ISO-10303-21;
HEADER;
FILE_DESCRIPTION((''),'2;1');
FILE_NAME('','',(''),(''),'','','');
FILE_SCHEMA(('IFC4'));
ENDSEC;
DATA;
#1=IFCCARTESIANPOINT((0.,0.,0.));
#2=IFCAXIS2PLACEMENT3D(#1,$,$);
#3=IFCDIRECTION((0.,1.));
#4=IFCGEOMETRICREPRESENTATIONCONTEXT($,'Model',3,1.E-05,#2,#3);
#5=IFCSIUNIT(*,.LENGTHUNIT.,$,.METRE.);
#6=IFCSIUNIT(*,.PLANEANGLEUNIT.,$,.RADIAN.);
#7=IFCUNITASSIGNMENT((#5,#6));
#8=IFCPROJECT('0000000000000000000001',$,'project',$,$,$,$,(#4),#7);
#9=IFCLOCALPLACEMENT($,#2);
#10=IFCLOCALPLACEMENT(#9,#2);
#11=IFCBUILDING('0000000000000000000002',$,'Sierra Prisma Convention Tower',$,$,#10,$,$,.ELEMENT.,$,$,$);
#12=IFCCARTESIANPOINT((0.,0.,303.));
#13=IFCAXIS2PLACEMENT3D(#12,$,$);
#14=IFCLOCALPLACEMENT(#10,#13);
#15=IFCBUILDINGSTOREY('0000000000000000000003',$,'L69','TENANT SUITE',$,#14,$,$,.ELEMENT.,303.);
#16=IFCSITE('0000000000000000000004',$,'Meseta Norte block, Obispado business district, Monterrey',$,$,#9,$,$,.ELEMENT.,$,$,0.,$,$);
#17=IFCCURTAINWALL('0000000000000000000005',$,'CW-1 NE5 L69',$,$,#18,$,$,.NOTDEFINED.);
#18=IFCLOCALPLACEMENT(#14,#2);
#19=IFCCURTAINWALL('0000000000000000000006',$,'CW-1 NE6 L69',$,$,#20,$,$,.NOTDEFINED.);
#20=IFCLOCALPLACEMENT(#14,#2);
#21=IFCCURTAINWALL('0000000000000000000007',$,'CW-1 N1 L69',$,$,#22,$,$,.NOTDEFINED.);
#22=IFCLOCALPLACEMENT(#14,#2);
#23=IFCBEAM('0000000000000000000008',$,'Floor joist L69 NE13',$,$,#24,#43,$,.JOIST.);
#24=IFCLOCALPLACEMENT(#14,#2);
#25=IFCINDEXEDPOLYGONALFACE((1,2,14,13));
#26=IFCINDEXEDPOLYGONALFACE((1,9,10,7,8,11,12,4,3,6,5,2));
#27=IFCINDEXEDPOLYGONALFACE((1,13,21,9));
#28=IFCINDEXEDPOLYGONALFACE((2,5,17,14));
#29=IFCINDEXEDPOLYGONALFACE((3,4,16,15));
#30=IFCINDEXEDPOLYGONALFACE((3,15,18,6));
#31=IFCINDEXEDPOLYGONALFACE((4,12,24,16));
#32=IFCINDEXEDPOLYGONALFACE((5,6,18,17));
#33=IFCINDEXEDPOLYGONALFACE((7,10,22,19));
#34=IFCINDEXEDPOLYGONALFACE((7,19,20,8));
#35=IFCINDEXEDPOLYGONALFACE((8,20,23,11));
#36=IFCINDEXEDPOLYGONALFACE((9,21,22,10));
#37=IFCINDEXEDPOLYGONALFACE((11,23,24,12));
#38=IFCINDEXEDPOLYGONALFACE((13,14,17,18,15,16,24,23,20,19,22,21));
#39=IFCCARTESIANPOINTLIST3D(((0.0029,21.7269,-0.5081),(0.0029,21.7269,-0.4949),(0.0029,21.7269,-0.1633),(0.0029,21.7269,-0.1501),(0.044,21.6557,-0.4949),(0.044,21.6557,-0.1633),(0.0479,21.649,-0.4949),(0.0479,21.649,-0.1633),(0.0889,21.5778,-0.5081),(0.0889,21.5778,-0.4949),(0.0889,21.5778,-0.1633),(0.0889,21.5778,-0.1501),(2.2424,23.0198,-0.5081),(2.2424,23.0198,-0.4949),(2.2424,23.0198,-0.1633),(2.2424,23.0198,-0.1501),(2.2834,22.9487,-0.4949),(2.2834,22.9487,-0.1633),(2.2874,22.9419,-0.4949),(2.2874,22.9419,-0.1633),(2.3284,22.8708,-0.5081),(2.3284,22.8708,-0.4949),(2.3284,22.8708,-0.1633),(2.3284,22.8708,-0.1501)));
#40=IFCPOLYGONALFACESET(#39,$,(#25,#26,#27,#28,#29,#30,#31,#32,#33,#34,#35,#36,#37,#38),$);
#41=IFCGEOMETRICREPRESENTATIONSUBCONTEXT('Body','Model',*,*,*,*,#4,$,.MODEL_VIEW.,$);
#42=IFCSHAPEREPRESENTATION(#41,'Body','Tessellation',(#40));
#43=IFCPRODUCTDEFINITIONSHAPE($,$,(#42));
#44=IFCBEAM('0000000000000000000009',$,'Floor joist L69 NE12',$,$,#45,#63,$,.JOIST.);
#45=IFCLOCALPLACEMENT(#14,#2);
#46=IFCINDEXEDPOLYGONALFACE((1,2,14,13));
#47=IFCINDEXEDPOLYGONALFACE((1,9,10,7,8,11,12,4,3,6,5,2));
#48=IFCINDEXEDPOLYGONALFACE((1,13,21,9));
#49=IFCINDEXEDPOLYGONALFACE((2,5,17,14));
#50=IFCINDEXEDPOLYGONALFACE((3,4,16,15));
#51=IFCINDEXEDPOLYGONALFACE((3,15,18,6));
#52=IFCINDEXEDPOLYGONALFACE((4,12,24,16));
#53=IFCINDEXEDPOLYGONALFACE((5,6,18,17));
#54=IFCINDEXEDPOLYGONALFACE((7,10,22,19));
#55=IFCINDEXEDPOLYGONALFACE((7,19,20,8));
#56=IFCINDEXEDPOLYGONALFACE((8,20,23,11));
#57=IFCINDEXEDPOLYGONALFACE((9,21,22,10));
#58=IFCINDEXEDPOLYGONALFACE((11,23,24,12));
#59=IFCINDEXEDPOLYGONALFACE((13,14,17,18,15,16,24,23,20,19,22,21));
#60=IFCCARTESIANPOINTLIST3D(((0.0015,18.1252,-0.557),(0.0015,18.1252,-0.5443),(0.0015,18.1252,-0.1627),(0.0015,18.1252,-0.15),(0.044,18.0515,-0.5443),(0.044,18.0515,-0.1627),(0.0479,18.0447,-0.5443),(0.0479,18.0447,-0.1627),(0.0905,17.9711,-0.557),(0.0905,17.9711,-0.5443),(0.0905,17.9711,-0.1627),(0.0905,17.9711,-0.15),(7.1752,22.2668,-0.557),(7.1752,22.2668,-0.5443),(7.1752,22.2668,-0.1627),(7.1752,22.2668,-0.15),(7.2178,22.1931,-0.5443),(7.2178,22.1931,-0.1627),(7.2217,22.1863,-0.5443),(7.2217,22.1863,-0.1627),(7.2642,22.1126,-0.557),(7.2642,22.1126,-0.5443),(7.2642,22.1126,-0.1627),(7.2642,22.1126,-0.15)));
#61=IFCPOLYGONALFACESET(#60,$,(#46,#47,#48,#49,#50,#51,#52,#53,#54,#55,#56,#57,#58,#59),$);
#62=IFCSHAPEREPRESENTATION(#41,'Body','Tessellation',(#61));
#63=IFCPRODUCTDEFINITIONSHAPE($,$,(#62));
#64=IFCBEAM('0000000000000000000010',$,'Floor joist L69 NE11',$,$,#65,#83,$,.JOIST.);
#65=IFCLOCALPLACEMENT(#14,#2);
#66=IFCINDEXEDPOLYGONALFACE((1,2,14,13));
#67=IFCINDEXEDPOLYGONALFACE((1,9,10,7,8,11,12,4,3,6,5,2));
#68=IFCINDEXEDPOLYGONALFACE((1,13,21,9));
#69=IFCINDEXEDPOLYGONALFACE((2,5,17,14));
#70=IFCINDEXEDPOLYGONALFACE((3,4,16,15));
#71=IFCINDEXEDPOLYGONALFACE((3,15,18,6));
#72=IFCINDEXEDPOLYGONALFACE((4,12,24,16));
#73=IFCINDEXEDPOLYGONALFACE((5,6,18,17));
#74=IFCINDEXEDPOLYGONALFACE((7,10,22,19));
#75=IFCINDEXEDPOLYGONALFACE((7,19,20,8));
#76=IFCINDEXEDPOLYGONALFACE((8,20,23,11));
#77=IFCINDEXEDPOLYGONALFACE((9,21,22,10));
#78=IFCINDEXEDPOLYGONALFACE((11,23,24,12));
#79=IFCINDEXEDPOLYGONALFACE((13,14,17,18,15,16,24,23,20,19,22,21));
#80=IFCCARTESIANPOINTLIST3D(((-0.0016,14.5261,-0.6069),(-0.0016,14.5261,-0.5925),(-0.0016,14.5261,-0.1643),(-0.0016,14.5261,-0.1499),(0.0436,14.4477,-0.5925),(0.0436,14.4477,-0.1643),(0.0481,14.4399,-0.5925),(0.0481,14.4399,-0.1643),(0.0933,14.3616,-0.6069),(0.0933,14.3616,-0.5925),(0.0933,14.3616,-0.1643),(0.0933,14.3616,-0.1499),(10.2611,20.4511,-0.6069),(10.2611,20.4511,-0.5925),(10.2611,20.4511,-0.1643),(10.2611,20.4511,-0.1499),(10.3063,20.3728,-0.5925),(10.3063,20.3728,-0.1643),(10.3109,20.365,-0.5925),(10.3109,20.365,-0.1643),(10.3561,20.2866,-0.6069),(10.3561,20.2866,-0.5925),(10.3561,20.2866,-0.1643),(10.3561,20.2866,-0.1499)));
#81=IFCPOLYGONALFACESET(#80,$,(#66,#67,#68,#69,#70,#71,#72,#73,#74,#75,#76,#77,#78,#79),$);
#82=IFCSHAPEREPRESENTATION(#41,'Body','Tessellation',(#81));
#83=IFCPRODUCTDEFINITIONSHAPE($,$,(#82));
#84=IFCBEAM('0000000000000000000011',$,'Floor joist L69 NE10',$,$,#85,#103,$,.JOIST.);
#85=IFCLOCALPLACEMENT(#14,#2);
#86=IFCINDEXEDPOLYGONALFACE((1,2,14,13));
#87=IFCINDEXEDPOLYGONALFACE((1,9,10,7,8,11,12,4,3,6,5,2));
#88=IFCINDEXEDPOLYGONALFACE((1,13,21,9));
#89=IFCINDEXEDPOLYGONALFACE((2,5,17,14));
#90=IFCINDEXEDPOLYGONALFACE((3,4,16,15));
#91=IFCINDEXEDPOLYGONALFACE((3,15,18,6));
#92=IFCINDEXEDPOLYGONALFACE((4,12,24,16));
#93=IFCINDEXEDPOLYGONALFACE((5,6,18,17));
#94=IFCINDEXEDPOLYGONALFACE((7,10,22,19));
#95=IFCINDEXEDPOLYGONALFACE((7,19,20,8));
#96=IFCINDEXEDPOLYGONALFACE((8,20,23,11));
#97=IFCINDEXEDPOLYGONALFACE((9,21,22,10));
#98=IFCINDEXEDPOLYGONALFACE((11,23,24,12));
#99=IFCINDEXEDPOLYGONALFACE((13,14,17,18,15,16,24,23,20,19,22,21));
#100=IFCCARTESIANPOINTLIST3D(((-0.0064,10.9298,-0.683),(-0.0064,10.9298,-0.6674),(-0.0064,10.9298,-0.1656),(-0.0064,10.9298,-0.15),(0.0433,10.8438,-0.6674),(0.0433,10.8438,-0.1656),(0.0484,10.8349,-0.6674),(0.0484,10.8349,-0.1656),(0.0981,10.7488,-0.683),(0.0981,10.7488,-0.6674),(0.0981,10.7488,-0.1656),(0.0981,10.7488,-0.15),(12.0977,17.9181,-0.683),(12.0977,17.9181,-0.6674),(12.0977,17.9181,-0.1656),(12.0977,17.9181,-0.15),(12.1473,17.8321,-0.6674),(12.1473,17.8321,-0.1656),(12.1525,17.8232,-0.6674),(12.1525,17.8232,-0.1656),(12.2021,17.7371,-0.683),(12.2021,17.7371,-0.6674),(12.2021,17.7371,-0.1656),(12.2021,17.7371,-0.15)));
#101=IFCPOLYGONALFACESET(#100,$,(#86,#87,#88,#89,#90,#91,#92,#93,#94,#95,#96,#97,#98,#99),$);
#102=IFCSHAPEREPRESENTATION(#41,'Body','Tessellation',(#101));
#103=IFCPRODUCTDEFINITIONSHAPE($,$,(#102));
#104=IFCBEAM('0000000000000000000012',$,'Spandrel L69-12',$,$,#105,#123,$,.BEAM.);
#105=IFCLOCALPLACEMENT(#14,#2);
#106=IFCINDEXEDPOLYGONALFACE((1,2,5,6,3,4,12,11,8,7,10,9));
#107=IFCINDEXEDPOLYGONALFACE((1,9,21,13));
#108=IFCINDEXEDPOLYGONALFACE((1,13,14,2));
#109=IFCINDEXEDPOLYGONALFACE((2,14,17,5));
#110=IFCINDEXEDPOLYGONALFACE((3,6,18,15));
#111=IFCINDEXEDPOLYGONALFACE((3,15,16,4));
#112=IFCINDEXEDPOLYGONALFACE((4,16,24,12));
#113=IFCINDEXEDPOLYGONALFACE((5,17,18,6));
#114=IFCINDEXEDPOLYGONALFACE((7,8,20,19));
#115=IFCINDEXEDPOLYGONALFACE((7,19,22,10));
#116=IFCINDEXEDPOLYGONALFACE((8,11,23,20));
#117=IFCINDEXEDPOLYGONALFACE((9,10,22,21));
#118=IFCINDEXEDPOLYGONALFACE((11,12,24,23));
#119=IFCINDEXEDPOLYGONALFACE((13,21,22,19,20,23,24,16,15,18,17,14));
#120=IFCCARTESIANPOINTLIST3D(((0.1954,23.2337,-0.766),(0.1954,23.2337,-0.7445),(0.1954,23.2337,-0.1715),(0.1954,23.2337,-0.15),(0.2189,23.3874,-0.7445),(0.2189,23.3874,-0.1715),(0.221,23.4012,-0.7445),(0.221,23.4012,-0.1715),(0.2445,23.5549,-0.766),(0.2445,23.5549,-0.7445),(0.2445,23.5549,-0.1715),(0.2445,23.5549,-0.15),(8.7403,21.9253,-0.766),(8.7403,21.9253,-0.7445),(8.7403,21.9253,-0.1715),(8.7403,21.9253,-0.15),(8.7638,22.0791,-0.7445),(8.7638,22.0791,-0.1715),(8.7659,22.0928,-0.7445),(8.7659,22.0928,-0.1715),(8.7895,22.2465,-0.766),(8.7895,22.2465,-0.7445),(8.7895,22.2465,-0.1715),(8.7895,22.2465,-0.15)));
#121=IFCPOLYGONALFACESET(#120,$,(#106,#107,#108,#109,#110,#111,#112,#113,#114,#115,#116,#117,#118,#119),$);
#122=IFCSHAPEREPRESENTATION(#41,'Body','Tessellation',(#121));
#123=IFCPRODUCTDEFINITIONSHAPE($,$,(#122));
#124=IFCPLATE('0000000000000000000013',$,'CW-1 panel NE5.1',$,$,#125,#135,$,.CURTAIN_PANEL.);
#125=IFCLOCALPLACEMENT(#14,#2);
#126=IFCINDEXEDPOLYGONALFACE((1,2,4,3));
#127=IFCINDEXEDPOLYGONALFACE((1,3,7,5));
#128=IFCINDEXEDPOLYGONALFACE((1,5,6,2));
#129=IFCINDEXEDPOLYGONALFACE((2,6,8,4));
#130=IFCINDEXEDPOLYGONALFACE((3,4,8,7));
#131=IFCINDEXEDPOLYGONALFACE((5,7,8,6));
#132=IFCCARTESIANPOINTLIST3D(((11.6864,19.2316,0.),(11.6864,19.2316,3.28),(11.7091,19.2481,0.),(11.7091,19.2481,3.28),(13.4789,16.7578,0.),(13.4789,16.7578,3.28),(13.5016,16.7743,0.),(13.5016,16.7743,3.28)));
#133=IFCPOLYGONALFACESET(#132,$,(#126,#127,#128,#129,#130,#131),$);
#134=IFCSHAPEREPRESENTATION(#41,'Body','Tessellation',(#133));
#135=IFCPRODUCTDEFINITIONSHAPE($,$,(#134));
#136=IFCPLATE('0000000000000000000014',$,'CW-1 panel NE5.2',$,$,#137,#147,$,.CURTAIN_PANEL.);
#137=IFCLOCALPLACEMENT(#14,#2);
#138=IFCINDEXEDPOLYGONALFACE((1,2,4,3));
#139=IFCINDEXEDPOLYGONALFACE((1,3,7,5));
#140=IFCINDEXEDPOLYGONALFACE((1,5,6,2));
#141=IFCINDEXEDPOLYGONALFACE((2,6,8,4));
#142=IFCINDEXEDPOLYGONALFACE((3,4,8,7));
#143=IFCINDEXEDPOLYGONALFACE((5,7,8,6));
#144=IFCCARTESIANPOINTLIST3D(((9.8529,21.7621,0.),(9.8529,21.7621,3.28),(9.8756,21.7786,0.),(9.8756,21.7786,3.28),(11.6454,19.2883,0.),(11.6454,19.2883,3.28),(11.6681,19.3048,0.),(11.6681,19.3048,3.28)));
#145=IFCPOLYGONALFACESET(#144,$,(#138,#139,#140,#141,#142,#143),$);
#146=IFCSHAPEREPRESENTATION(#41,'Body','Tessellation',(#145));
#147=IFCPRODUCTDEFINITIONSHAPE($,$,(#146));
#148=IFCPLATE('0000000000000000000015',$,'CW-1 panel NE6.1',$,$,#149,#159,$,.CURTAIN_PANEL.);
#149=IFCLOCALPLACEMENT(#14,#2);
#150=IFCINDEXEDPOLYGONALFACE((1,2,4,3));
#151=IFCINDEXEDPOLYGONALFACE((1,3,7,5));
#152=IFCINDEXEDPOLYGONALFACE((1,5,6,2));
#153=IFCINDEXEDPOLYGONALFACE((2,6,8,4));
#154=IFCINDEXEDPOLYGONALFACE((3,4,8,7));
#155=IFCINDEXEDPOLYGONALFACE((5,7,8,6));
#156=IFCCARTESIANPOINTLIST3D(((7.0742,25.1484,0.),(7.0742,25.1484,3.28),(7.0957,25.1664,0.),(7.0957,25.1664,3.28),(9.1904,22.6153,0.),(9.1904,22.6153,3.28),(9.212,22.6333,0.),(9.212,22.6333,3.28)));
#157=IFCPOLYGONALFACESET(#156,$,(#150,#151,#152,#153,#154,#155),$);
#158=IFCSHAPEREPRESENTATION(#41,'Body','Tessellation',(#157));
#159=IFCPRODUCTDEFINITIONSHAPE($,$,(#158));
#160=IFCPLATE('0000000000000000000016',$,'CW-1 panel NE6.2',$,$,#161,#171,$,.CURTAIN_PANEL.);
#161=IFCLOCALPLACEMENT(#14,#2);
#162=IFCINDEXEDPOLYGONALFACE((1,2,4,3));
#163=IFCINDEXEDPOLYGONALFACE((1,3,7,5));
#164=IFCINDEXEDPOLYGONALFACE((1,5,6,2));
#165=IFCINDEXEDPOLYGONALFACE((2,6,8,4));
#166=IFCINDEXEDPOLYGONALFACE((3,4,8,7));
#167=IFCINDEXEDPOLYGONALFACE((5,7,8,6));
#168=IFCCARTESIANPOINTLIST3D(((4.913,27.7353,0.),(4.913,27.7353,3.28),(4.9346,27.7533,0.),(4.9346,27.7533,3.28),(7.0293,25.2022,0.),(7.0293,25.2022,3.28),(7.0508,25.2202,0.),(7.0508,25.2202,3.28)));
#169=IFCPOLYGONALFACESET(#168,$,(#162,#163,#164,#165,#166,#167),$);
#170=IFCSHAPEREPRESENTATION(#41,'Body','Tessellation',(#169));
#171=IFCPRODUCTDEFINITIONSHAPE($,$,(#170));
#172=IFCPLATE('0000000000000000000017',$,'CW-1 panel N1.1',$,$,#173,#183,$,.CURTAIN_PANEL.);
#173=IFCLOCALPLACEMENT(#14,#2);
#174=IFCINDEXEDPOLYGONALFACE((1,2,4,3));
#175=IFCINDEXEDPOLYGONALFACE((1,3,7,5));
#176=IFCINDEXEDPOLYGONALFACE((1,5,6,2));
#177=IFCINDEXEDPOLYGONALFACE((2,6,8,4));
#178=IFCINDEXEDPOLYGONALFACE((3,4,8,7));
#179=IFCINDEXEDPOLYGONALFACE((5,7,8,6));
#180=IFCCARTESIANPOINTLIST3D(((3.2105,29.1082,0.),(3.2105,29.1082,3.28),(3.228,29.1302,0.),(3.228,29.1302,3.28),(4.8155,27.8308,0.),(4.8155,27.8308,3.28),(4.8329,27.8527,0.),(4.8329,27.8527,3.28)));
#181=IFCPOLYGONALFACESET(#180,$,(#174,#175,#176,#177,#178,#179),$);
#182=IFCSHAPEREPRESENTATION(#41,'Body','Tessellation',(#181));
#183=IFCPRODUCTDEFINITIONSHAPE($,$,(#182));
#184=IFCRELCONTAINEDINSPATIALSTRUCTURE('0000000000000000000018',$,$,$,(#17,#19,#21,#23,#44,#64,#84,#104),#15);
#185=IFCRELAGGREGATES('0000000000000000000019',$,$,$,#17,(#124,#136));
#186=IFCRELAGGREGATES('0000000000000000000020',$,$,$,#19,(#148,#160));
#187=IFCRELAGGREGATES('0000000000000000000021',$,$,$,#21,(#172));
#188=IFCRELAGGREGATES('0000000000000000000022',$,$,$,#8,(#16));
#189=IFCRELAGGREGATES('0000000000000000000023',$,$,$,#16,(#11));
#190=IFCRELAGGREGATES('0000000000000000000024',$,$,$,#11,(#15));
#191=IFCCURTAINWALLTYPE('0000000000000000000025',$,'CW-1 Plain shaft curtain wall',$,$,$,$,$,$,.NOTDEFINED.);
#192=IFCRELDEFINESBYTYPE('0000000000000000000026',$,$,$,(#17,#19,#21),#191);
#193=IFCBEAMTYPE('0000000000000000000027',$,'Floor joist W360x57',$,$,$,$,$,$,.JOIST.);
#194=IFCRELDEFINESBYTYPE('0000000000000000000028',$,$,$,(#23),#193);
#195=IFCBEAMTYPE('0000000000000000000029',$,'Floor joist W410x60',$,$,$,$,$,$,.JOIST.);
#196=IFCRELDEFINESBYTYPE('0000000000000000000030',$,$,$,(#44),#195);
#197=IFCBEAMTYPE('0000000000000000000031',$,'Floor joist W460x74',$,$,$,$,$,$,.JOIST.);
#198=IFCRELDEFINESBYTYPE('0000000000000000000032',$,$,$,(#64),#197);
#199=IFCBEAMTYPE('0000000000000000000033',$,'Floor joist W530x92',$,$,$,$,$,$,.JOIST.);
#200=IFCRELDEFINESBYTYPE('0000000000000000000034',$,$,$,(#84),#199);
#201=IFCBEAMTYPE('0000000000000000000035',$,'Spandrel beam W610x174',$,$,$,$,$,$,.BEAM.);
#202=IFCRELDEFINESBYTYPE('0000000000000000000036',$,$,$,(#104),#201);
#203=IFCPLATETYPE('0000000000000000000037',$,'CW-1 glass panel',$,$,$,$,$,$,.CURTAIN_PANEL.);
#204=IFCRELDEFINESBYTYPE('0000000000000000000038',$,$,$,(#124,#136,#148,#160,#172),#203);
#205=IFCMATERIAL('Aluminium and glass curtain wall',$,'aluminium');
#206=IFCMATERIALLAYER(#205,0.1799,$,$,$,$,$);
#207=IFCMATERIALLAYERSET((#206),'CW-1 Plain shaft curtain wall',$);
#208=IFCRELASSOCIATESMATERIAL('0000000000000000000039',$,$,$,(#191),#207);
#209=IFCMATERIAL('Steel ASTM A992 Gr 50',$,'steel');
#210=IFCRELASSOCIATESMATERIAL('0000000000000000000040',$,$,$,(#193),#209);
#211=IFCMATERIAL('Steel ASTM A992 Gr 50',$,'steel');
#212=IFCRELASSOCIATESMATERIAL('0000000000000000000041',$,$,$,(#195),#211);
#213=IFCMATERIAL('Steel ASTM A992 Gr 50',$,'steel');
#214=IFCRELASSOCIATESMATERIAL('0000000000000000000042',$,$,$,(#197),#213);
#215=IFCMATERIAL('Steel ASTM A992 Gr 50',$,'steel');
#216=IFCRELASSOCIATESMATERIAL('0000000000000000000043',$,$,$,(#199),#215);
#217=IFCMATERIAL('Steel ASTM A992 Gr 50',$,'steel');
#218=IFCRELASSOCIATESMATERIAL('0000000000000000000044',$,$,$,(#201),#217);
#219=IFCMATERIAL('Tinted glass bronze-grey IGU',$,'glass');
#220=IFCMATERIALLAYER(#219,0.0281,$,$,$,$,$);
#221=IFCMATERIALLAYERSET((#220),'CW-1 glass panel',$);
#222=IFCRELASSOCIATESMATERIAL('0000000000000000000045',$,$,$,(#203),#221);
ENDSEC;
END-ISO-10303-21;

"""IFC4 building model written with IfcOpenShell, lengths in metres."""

from ifc_helpers import new_model, si_unit, direction, frame, origin, origin_2d, place, context, subcontext, project, spatial, rectangle, i_section, extrude, material, layer, layer_set, material_profile, profile_set, type_object, element, aggregate, save


model = new_model("IFC4")

# Units and contexts
model_context = context("Model", 3, precision=1e-05, world=origin(), true_north=direction((0.0, 1.0)))
body_context = subcontext(model_context, "Body", "Model", "MODEL_VIEW")
ifc_project = project(units=[si_unit("LENGTHUNIT", "METRE"), si_unit("PLANEANGLEUNIT", "RADIAN")], contexts=[model_context])

# Site, building, storey
site_placement = place(None, origin())
site = spatial("IfcSite", under=ifc_project, at=site_placement, Name="Meseta Norte block, Obispado business district, Monterrey", CompositionType="ELEMENT", RefElevation=0.0)
building_placement = place(site_placement, origin())
building = spatial("IfcBuilding", under=site, at=building_placement, Name="Sierra Prisma Convention Tower", CompositionType="ELEMENT")
storey_placement = place(building_placement, frame((0.0, 0.0, 303.0)))
storey = spatial("IfcBuildingStorey", under=building, at=storey_placement, Name="L69", Description="TENANT SUITE", CompositionType="ELEMENT", Elevation=303.0)

# Curtain wall
ifc_material_1 = material(Name="Aluminium and glass curtain wall", Category="aluminium")
ifc_layer_1 = layer(ifc_material_1, 0.1799)
ifc_layer_set_1 = layer_set([ifc_layer_1], Name="CW-1 Plain shaft curtain wall")
curtain_wall_type = type_object("IfcCurtainWallType", Name="CW-1 Plain shaft curtain wall", PredefinedType="NOTDEFINED", material=ifc_layer_set_1)
curtain_wall_1_placement = place(storey_placement, origin())
curtain_wall_1 = element("IfcCurtainWall", 1, at=curtain_wall_1_placement, inside=storey, type_object=curtain_wall_type, Name="CW-1 NE5 L69", PredefinedType="NOTDEFINED")

# Curtain walls
curtain_wall_2_placement = place(storey_placement, origin())
curtain_wall_2 = element("IfcCurtainWall", 2, at=curtain_wall_2_placement, inside=storey, type_object=curtain_wall_type, Name="CW-1 NE6 L69", PredefinedType="NOTDEFINED")
curtain_wall_3_placement = place(storey_placement, origin())
curtain_wall_3 = element("IfcCurtainWall", 3, at=curtain_wall_3_placement, inside=storey, type_object=curtain_wall_type, Name="CW-1 N1 L69", PredefinedType="NOTDEFINED")

# Beams
ifc_material_2 = material(Name="Steel ASTM A992 Gr 50", Category="steel")
ifc_material_profile_1 = material_profile(ifc_material_2, i_section(OverallWidth=0.1721, OverallDepth=0.3579, WebThickness=0.0078, FlangeThickness=0.0132, at=origin_2d()), Name="W360x57")
ifc_profile_set_1 = profile_set([ifc_material_profile_1], Name="Steel ASTM A992 Gr 50")
beam_type_1 = type_object("IfcBeamType", Name="Floor joist W360x57", PredefinedType="JOIST", material=ifc_profile_set_1)
beam_1_placement = place(storey_placement, frame((2.2854, 22.9453, -0.3291), z_axis=(-0.866027, -0.499998, 0.0), x_axis=(0.499998, -0.866027, 0.0)))
element("IfcBeam", 4, at=beam_1_placement, inside=storey, type_object=beam_type_1, Name="Floor joist L69 NE13", PredefinedType="JOIST", context=body_context, shape_type="SweptSolid", body=[
    extrude(i_section(OverallWidth=0.1721, OverallDepth=0.3579, WebThickness=0.0078, FlangeThickness=0.0132, at=origin_2d()), origin(), (0.0, 0.0, 1.0), 2.5859),
])
ifc_material_3 = material(Name="Steel ASTM A992 Gr 50", Category="steel")
ifc_material_profile_2 = material_profile(ifc_material_3, i_section(OverallWidth=0.178, OverallDepth=0.407, WebThickness=0.0078, FlangeThickness=0.0127, at=origin_2d()), Name="W410x60")
ifc_profile_set_2 = profile_set([ifc_material_profile_2], Name="Steel ASTM A992 Gr 50")
beam_type_2 = type_object("IfcBeamType", Name="Floor joist W410x60", PredefinedType="JOIST", material=ifc_profile_set_2)
beam_2_placement = place(storey_placement, frame((7.2197, 22.1897, -0.3535), z_axis=(-0.866036, -0.499981, 0.0), x_axis=(0.499981, -0.866036, 0.0)))
element("IfcBeam", 5, at=beam_2_placement, inside=storey, type_object=beam_type_2, Name="Floor joist L69 NE12", PredefinedType="JOIST", context=body_context, shape_type="SweptSolid", body=[
    extrude(i_section(OverallWidth=0.178, OverallDepth=0.407, WebThickness=0.0078, FlangeThickness=0.0127, at=origin_2d()), origin(), (0.0, 0.0, 1.0), 8.2834),
])
ifc_material_4 = material(Name="Steel ASTM A992 Gr 50", Category="steel")
ifc_material_profile_3 = material_profile(ifc_material_4, i_section(OverallWidth=0.1899, OverallDepth=0.457, WebThickness=0.009, FlangeThickness=0.0144, at=origin_2d()), Name="W460x74")
ifc_profile_set_3 = profile_set([ifc_material_profile_3], Name="Steel ASTM A992 Gr 50")
beam_type_3 = type_object("IfcBeamType", Name="Floor joist W460x74", PredefinedType="JOIST", material=ifc_profile_set_3)
beam_3_placement = place(storey_placement, frame((10.3086, 20.3689, -0.3784), z_axis=(-0.86603, -0.499992, 0.0), x_axis=(0.499992, -0.86603, 0.0)))
element("IfcBeam", 6, at=beam_3_placement, inside=storey, type_object=beam_type_3, Name="Floor joist L69 NE11", PredefinedType="JOIST", context=body_context, shape_type="SweptSolid", body=[
    extrude(i_section(OverallWidth=0.1899, OverallDepth=0.457, WebThickness=0.009, FlangeThickness=0.0144, at=origin_2d()), origin(), (0.0, 0.0, 1.0), 11.8503),
])
ifc_material_5 = material(Name="Steel ASTM A992 Gr 50", Category="steel")
ifc_material_profile_4 = material_profile(ifc_material_5, i_section(OverallWidth=0.209, OverallDepth=0.533, WebThickness=0.0103, FlangeThickness=0.0156, at=origin_2d()), Name="W530x92")
ifc_profile_set_4 = profile_set([ifc_material_profile_4], Name="Steel ASTM A992 Gr 50")
beam_type_4 = type_object("IfcBeamType", Name="Floor joist W530x92", PredefinedType="JOIST", material=ifc_profile_set_4)
beam_4_placement = place(storey_placement, frame((12.1499, 17.8276, -0.4165), z_axis=(-0.866024, -0.500002, 0.0), x_axis=(0.500002, -0.866024, 0.0)))
element("IfcBeam", 7, at=beam_4_placement, inside=storey, type_object=beam_type_4, Name="Floor joist L69 NE10", PredefinedType="JOIST", context=body_context, shape_type="SweptSolid", body=[
    extrude(i_section(OverallWidth=0.209, OverallDepth=0.533, WebThickness=0.0103, FlangeThickness=0.0156, at=origin_2d()), origin(), (0.0, 0.0, 1.0), 13.9766),
])
ifc_material_6 = material(Name="Steel ASTM A992 Gr 50", Category="steel")
ifc_material_profile_5 = material_profile(ifc_material_6, i_section(OverallWidth=0.325, OverallDepth=0.616, WebThickness=0.0139, FlangeThickness=0.0215, at=origin_2d()), Name="W610x174")
ifc_profile_set_5 = profile_set([ifc_material_profile_5], Name="Steel ASTM A992 Gr 50")
beam_type_5 = type_object("IfcBeamType", Name="Spandrel beam W610x174", PredefinedType="BEAM", material=ifc_profile_set_5)
beam_5_placement = place(storey_placement, frame((8.7649, 22.0859, -0.458), z_axis=(-0.98848, 0.15135, 0.0), x_axis=(-0.15135, -0.98848, 0.0)))
element("IfcBeam", 8, at=beam_5_placement, inside=storey, type_object=beam_type_5, Name="Spandrel L69-12", PredefinedType="BEAM", context=body_context, shape_type="SweptSolid", body=[
    extrude(i_section(OverallWidth=0.325, OverallDepth=0.616, WebThickness=0.0139, FlangeThickness=0.0215, at=origin_2d()), origin(), (0.0, 0.0, 1.0), 8.6445),
])

# Plates
ifc_material_7 = material(Name="Tinted glass bronze-grey IGU", Category="glass")
ifc_layer_2 = layer(ifc_material_7, 0.0281)
ifc_layer_set_2 = layer_set([ifc_layer_2], Name="CW-1 glass panel")
plate_type = type_object("IfcPlateType", Name="CW-1 glass panel", PredefinedType="CURTAIN_PANEL", material=ifc_layer_set_2)
plate_1_placement = place(storey_placement, frame((12.594, 18.0029, 0.0), z_axis=(0.0, 0.0, 1.0), x_axis=(-0.586742, 0.809774, 0.0)))
plate_1 = element("IfcPlate", 9, at=plate_1_placement, type_object=plate_type, Name="CW-1 panel NE5.1", PredefinedType="CURTAIN_PANEL", context=body_context, shape_type="SweptSolid", body=[
    extrude(rectangle(XDim=3.0549, YDim=0.0281, at=origin_2d()), origin(), (0.0, 0.0, 1.0), 3.28),
])
plate_2_placement = place(storey_placement, frame((10.7605, 20.5334, 0.0), z_axis=(0.0, 0.0, 1.0), x_axis=(-0.586742, 0.809774, 0.0)))
plate_2 = element("IfcPlate", 10, at=plate_2_placement, type_object=plate_type, Name="CW-1 panel NE5.2", PredefinedType="CURTAIN_PANEL", context=body_context, shape_type="SweptSolid", body=[
    extrude(rectangle(XDim=3.0549, YDim=0.0281, at=origin_2d()), origin(), (0.0, 0.0, 1.0), 3.28),
])
aggregate(curtain_wall_1, [plate_1, plate_2])
plate_3_placement = place(storey_placement, frame((8.1431, 23.8909, 0.0), z_axis=(0.0, 0.0, 1.0), x_axis=(-0.64114, 0.767424, 0.0)))
plate_3 = element("IfcPlate", 11, at=plate_3_placement, type_object=plate_type, Name="CW-1 panel NE6.1", PredefinedType="CURTAIN_PANEL", context=body_context, shape_type="SweptSolid", body=[
    extrude(rectangle(XDim=3.3008, YDim=0.0281, at=origin_2d()), origin(), (0.0, 0.0, 1.0), 3.28),
])
plate_4_placement = place(storey_placement, frame((5.9819, 26.4778, 0.0), z_axis=(0.0, 0.0, 1.0), x_axis=(-0.64114, 0.767424, 0.0)))
plate_4 = element("IfcPlate", 12, at=plate_4_placement, type_object=plate_type, Name="CW-1 panel NE6.2", PredefinedType="CURTAIN_PANEL", context=body_context, shape_type="SweptSolid", body=[
    extrude(rectangle(XDim=3.3008, YDim=0.0281, at=origin_2d()), origin(), (0.0, 0.0, 1.0), 3.28),
])
aggregate(curtain_wall_2, [plate_3, plate_4])
plate_5_placement = place(storey_placement, frame((4.0217, 28.4805, 0.0), z_axis=(0.0, 0.0, 1.0), x_axis=(-0.782411, 0.622763, 0.0)))
plate_5 = element("IfcPlate", 13, at=plate_5_placement, type_object=plate_type, Name="CW-1 panel N1.1", PredefinedType="CURTAIN_PANEL", context=body_context, shape_type="SweptSolid", body=[
    extrude(rectangle(XDim=2.0513, YDim=0.0281, at=origin_2d()), origin(), (0.0, 0.0, 1.0), 3.28),
])
aggregate(curtain_wall_3, [plate_5])

save(model, "model.ifc")
